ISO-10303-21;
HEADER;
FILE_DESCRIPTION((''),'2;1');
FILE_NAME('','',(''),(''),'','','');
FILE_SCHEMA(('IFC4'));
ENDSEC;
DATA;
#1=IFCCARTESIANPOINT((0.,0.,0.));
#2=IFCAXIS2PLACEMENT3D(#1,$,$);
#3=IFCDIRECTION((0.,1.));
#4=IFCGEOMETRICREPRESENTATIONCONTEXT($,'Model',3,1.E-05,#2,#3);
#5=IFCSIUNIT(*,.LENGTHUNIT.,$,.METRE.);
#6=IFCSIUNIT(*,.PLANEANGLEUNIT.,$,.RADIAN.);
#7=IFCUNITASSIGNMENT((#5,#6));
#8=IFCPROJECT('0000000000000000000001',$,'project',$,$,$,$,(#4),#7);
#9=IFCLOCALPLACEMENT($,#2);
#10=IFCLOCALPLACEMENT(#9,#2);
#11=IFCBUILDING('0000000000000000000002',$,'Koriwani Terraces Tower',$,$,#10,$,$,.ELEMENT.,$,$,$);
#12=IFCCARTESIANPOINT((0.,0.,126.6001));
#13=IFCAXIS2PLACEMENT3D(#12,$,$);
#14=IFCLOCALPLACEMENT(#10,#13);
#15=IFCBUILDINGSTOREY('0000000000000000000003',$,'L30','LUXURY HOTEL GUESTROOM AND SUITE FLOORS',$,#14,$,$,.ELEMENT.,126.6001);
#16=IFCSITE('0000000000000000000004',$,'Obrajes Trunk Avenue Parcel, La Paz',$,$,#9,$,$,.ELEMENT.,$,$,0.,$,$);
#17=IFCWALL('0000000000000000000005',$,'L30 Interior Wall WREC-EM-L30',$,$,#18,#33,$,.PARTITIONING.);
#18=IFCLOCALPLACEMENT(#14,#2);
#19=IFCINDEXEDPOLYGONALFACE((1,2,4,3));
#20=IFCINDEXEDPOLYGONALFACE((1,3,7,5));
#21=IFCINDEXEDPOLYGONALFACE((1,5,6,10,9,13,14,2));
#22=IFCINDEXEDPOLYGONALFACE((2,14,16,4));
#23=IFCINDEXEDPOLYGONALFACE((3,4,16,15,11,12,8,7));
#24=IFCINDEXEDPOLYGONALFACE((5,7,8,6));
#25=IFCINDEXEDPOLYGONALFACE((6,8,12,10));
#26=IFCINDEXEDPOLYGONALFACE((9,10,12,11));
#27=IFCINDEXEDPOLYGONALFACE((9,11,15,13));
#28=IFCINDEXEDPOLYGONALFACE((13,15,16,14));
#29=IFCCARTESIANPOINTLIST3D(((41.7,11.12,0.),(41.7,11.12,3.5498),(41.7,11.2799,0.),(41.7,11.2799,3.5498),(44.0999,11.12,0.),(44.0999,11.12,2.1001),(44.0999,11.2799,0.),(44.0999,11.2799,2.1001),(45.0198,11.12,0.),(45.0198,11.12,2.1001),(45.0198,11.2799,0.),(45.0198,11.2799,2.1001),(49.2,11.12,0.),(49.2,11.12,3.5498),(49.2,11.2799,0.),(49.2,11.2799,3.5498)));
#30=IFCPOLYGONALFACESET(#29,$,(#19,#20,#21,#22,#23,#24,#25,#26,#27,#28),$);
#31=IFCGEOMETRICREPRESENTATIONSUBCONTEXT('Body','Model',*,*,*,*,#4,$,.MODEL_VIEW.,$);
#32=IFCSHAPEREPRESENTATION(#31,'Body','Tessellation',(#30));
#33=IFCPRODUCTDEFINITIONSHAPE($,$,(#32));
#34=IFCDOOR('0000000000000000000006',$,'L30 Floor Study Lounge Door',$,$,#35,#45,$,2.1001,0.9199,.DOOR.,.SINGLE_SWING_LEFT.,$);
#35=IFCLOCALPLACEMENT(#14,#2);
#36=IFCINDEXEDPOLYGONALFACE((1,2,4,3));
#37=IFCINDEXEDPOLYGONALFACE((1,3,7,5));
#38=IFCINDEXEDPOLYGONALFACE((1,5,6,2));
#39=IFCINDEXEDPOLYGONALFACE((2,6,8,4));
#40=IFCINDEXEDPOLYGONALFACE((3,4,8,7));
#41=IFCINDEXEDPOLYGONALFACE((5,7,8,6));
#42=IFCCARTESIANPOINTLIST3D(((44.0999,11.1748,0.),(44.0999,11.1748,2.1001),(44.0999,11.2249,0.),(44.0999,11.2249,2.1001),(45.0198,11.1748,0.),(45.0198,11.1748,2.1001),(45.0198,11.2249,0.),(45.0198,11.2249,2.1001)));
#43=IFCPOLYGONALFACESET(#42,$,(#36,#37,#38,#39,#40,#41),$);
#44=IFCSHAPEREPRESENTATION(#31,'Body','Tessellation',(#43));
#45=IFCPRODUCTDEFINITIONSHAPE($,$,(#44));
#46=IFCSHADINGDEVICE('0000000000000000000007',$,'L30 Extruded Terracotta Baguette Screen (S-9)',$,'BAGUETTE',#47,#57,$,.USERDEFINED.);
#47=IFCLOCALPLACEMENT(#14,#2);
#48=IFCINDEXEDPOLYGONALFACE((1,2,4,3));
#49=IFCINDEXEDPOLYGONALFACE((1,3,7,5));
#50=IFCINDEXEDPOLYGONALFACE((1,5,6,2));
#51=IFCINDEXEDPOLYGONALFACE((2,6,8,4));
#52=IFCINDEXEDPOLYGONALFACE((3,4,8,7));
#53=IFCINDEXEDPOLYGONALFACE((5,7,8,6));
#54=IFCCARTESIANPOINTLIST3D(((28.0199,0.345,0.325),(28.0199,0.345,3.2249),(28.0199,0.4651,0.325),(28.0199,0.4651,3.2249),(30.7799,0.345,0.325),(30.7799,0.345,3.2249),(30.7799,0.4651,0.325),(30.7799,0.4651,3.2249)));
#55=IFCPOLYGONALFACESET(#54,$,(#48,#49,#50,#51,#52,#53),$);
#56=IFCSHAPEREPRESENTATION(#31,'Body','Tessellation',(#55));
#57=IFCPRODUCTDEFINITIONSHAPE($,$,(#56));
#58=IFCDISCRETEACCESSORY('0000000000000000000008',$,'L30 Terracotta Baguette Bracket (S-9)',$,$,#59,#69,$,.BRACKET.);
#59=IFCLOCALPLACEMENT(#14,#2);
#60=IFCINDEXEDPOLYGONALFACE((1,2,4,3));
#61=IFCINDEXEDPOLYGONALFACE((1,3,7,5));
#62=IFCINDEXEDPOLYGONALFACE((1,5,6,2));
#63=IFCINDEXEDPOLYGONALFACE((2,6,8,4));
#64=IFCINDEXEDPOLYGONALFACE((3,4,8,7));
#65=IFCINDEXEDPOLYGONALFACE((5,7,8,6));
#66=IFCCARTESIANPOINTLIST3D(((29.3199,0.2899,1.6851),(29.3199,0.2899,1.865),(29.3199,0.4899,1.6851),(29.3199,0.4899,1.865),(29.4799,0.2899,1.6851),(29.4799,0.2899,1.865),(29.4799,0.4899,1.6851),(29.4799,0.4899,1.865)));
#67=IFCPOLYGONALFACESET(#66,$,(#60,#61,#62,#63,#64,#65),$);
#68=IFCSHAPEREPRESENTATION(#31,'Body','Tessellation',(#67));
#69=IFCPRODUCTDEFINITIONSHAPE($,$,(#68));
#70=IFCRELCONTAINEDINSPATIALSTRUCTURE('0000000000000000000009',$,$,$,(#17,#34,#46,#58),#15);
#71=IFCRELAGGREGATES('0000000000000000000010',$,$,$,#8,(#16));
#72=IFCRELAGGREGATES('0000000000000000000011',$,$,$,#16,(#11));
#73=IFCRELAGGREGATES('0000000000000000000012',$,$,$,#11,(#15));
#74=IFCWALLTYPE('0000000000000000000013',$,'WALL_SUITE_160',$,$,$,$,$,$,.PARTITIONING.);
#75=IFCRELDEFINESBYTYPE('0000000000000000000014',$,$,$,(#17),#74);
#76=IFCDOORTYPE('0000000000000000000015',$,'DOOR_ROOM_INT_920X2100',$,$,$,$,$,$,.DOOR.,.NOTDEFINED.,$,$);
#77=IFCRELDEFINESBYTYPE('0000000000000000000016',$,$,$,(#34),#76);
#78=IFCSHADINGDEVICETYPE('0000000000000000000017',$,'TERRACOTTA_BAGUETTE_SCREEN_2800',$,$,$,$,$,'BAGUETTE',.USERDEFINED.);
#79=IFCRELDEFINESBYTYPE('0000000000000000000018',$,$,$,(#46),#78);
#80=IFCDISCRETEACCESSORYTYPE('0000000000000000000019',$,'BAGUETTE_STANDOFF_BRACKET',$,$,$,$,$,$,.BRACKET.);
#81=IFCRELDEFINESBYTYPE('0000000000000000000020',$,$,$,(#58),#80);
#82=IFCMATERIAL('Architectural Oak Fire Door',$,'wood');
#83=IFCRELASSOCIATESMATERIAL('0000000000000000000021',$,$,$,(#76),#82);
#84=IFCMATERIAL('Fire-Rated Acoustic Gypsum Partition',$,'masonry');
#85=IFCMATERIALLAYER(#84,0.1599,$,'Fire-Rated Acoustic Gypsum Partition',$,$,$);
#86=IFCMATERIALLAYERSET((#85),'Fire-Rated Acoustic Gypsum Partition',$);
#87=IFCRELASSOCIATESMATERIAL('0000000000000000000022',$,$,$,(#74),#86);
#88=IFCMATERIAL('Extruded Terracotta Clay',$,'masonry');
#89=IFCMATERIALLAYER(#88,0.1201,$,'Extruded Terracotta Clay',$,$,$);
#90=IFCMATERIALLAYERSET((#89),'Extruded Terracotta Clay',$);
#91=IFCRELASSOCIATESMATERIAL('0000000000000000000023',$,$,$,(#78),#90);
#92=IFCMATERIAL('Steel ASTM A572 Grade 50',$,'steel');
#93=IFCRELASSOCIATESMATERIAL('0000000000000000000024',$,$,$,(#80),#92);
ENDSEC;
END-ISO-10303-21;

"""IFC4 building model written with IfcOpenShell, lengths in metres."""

from ifc_helpers import new_model, si_unit, direction, frame, frame_2d, origin, origin_2d, place, context, subcontext, project, spatial, rectangle, extrude, material, layer, layer_set, type_object, element, fill, save


model = new_model("IFC4")

# Units and contexts
model_context = context("Model", 3, precision=1e-05, world=origin(), true_north=direction((0.0, 1.0)))
body_context = subcontext(model_context, "Body", "Model", "MODEL_VIEW")
ifc_project = project(units=[si_unit("LENGTHUNIT", "METRE"), si_unit("PLANEANGLEUNIT", "RADIAN")], contexts=[model_context])

# Site, building, storey
site_placement = place(None, origin())
site = spatial("IfcSite", under=ifc_project, at=site_placement, Name="Obrajes Trunk Avenue Parcel, La Paz", CompositionType="ELEMENT", RefElevation=0.0)
building_placement = place(site_placement, origin())
building = spatial("IfcBuilding", under=site, at=building_placement, Name="Koriwani Terraces Tower", CompositionType="ELEMENT")
storey_placement = place(building_placement, frame((0.0, 0.0, 126.6001)))
storey = spatial("IfcBuildingStorey", under=building, at=storey_placement, Name="L30", Description="LUXURY HOTEL GUESTROOM AND SUITE FLOORS", CompositionType="ELEMENT", Elevation=126.6001)

# Shared definitions
ifc_material_1 = material(Name="Steel ASTM A572 Grade 50", Category="steel")

# Shared definitions
ifc_material_2 = material(Name="Architectural Oak Fire Door", Category="wood")
door_type = type_object("IfcDoorType", Name="DOOR_ROOM_INT_920X2100", OperationType="NOTDEFINED", PredefinedType="DOOR", material=ifc_material_2)

# Wall, opening, door
ifc_material_3 = material(Name="Fire-Rated Acoustic Gypsum Partition", Category="masonry")
ifc_layer_1 = layer(ifc_material_3, 0.1599, Name="Fire-Rated Acoustic Gypsum Partition")
ifc_layer_set_1 = layer_set([ifc_layer_1], Name="Fire-Rated Acoustic Gypsum Partition")
wall_type_1 = type_object("IfcWallType", Name="WALL_SUITE_160", PredefinedType="PARTITIONING", material=ifc_layer_set_1)
wall_1_placement = place(storey_placement, frame((41.7, 11.2, 0.0), z_axis=(0.0, 0.0, 1.0), x_axis=(1.0, 0.0, 0.0)))
wall_1 = element("IfcWall", 1, at=wall_1_placement, inside=storey, type_object=wall_type_1, Name="L30 Interior Wall WREC-EM-L30", PredefinedType="PARTITIONING", context=body_context, shape_type="SweptSolid", body=[
    extrude(rectangle(XDim=7.5, YDim=0.1599, at=frame_2d((3.75, 0.0))), origin(), (0.0, 0.0, 1.0), 3.5498),
])
opening_1_placement = place(wall_1_placement, frame((2.3999, 0.0, 0.0)))
opening_1 = element("IfcOpeningElement", 2, at=opening_1_placement, cuts=wall_1, PredefinedType="OPENING", context=body_context, shape_type="SweptSolid", body=[
    extrude(rectangle(XDim=0.9199, YDim=2.1001, at=frame_2d((0.46, 1.05))), frame((0.0, 0.0898, 0.0), z_axis=(0.0, -1.0, 0.0), x_axis=(1.0, 0.0, 0.0)), (0.0, 0.0, 1.0), 0.1799),
])
door_1_placement = place(opening_1_placement, origin())
door_1 = element("IfcDoor", 3, at=door_1_placement, inside=storey, type_object=door_type, Name="L30 Floor Study Lounge Door", OperationType="SINGLE_SWING_LEFT", OverallHeight=2.1001, OverallWidth=0.9199, PredefinedType="DOOR", context=body_context, shape_type="SweptSolid", body=[
    extrude(rectangle(XDim=0.9199, YDim=2.1001, at=frame_2d((0.46, 1.05))), frame((0.0, 0.0249, 0.0), z_axis=(0.0, -1.0, 0.0), x_axis=(1.0, 0.0, 0.0)), (0.0, 0.0, 1.0), 0.05),
])
fill(opening_1, door_1)

# Shading device
ifc_material_4 = material(Name="Extruded Terracotta Clay", Category="masonry")
ifc_layer_2 = layer(ifc_material_4, 0.1201, Name="Extruded Terracotta Clay")
ifc_layer_set_2 = layer_set([ifc_layer_2], Name="Extruded Terracotta Clay")
shading_device_type = type_object("IfcShadingDeviceType", Name="TERRACOTTA_BAGUETTE_SCREEN_2800", ElementType="BAGUETTE", PredefinedType="USERDEFINED", material=ifc_layer_set_2)
shading_device_placement = place(storey_placement, frame((29.3999, 0.405, 0.325), z_axis=(0.0, 0.0, 1.0), x_axis=(-1.0, 0.0, 0.0)))
element("IfcShadingDevice", 4, at=shading_device_placement, inside=storey, type_object=shading_device_type, Name="L30 Extruded Terracotta Baguette Screen (S-9)", ObjectType="BAGUETTE", PredefinedType="USERDEFINED", context=body_context, shape_type="SweptSolid", body=[
    extrude(rectangle(XDim=2.76, YDim=0.1201, at=origin_2d()), origin(), (0.0, 0.0, 1.0), 2.8999),
])

# Discrete accessory
discrete_accessory_type = type_object("IfcDiscreteAccessoryType", Name="BAGUETTE_STANDOFF_BRACKET", PredefinedType="BRACKET", material=ifc_material_1)
discrete_accessory_placement = place(storey_placement, frame((29.3999, 0.3899, 1.6851), z_axis=(0.0, 0.0, 1.0), x_axis=(-1.0, 0.0, 0.0)))
element("IfcDiscreteAccessory", 5, at=discrete_accessory_placement, inside=storey, type_object=discrete_accessory_type, Name="L30 Terracotta Baguette Bracket (S-9)", PredefinedType="BRACKET", context=body_context, shape_type="SweptSolid", body=[
    extrude(rectangle(XDim=0.1599, YDim=0.2, at=origin_2d()), origin(), (0.0, 0.0, 1.0), 0.1799),
])

save(model, "model.ifc")
